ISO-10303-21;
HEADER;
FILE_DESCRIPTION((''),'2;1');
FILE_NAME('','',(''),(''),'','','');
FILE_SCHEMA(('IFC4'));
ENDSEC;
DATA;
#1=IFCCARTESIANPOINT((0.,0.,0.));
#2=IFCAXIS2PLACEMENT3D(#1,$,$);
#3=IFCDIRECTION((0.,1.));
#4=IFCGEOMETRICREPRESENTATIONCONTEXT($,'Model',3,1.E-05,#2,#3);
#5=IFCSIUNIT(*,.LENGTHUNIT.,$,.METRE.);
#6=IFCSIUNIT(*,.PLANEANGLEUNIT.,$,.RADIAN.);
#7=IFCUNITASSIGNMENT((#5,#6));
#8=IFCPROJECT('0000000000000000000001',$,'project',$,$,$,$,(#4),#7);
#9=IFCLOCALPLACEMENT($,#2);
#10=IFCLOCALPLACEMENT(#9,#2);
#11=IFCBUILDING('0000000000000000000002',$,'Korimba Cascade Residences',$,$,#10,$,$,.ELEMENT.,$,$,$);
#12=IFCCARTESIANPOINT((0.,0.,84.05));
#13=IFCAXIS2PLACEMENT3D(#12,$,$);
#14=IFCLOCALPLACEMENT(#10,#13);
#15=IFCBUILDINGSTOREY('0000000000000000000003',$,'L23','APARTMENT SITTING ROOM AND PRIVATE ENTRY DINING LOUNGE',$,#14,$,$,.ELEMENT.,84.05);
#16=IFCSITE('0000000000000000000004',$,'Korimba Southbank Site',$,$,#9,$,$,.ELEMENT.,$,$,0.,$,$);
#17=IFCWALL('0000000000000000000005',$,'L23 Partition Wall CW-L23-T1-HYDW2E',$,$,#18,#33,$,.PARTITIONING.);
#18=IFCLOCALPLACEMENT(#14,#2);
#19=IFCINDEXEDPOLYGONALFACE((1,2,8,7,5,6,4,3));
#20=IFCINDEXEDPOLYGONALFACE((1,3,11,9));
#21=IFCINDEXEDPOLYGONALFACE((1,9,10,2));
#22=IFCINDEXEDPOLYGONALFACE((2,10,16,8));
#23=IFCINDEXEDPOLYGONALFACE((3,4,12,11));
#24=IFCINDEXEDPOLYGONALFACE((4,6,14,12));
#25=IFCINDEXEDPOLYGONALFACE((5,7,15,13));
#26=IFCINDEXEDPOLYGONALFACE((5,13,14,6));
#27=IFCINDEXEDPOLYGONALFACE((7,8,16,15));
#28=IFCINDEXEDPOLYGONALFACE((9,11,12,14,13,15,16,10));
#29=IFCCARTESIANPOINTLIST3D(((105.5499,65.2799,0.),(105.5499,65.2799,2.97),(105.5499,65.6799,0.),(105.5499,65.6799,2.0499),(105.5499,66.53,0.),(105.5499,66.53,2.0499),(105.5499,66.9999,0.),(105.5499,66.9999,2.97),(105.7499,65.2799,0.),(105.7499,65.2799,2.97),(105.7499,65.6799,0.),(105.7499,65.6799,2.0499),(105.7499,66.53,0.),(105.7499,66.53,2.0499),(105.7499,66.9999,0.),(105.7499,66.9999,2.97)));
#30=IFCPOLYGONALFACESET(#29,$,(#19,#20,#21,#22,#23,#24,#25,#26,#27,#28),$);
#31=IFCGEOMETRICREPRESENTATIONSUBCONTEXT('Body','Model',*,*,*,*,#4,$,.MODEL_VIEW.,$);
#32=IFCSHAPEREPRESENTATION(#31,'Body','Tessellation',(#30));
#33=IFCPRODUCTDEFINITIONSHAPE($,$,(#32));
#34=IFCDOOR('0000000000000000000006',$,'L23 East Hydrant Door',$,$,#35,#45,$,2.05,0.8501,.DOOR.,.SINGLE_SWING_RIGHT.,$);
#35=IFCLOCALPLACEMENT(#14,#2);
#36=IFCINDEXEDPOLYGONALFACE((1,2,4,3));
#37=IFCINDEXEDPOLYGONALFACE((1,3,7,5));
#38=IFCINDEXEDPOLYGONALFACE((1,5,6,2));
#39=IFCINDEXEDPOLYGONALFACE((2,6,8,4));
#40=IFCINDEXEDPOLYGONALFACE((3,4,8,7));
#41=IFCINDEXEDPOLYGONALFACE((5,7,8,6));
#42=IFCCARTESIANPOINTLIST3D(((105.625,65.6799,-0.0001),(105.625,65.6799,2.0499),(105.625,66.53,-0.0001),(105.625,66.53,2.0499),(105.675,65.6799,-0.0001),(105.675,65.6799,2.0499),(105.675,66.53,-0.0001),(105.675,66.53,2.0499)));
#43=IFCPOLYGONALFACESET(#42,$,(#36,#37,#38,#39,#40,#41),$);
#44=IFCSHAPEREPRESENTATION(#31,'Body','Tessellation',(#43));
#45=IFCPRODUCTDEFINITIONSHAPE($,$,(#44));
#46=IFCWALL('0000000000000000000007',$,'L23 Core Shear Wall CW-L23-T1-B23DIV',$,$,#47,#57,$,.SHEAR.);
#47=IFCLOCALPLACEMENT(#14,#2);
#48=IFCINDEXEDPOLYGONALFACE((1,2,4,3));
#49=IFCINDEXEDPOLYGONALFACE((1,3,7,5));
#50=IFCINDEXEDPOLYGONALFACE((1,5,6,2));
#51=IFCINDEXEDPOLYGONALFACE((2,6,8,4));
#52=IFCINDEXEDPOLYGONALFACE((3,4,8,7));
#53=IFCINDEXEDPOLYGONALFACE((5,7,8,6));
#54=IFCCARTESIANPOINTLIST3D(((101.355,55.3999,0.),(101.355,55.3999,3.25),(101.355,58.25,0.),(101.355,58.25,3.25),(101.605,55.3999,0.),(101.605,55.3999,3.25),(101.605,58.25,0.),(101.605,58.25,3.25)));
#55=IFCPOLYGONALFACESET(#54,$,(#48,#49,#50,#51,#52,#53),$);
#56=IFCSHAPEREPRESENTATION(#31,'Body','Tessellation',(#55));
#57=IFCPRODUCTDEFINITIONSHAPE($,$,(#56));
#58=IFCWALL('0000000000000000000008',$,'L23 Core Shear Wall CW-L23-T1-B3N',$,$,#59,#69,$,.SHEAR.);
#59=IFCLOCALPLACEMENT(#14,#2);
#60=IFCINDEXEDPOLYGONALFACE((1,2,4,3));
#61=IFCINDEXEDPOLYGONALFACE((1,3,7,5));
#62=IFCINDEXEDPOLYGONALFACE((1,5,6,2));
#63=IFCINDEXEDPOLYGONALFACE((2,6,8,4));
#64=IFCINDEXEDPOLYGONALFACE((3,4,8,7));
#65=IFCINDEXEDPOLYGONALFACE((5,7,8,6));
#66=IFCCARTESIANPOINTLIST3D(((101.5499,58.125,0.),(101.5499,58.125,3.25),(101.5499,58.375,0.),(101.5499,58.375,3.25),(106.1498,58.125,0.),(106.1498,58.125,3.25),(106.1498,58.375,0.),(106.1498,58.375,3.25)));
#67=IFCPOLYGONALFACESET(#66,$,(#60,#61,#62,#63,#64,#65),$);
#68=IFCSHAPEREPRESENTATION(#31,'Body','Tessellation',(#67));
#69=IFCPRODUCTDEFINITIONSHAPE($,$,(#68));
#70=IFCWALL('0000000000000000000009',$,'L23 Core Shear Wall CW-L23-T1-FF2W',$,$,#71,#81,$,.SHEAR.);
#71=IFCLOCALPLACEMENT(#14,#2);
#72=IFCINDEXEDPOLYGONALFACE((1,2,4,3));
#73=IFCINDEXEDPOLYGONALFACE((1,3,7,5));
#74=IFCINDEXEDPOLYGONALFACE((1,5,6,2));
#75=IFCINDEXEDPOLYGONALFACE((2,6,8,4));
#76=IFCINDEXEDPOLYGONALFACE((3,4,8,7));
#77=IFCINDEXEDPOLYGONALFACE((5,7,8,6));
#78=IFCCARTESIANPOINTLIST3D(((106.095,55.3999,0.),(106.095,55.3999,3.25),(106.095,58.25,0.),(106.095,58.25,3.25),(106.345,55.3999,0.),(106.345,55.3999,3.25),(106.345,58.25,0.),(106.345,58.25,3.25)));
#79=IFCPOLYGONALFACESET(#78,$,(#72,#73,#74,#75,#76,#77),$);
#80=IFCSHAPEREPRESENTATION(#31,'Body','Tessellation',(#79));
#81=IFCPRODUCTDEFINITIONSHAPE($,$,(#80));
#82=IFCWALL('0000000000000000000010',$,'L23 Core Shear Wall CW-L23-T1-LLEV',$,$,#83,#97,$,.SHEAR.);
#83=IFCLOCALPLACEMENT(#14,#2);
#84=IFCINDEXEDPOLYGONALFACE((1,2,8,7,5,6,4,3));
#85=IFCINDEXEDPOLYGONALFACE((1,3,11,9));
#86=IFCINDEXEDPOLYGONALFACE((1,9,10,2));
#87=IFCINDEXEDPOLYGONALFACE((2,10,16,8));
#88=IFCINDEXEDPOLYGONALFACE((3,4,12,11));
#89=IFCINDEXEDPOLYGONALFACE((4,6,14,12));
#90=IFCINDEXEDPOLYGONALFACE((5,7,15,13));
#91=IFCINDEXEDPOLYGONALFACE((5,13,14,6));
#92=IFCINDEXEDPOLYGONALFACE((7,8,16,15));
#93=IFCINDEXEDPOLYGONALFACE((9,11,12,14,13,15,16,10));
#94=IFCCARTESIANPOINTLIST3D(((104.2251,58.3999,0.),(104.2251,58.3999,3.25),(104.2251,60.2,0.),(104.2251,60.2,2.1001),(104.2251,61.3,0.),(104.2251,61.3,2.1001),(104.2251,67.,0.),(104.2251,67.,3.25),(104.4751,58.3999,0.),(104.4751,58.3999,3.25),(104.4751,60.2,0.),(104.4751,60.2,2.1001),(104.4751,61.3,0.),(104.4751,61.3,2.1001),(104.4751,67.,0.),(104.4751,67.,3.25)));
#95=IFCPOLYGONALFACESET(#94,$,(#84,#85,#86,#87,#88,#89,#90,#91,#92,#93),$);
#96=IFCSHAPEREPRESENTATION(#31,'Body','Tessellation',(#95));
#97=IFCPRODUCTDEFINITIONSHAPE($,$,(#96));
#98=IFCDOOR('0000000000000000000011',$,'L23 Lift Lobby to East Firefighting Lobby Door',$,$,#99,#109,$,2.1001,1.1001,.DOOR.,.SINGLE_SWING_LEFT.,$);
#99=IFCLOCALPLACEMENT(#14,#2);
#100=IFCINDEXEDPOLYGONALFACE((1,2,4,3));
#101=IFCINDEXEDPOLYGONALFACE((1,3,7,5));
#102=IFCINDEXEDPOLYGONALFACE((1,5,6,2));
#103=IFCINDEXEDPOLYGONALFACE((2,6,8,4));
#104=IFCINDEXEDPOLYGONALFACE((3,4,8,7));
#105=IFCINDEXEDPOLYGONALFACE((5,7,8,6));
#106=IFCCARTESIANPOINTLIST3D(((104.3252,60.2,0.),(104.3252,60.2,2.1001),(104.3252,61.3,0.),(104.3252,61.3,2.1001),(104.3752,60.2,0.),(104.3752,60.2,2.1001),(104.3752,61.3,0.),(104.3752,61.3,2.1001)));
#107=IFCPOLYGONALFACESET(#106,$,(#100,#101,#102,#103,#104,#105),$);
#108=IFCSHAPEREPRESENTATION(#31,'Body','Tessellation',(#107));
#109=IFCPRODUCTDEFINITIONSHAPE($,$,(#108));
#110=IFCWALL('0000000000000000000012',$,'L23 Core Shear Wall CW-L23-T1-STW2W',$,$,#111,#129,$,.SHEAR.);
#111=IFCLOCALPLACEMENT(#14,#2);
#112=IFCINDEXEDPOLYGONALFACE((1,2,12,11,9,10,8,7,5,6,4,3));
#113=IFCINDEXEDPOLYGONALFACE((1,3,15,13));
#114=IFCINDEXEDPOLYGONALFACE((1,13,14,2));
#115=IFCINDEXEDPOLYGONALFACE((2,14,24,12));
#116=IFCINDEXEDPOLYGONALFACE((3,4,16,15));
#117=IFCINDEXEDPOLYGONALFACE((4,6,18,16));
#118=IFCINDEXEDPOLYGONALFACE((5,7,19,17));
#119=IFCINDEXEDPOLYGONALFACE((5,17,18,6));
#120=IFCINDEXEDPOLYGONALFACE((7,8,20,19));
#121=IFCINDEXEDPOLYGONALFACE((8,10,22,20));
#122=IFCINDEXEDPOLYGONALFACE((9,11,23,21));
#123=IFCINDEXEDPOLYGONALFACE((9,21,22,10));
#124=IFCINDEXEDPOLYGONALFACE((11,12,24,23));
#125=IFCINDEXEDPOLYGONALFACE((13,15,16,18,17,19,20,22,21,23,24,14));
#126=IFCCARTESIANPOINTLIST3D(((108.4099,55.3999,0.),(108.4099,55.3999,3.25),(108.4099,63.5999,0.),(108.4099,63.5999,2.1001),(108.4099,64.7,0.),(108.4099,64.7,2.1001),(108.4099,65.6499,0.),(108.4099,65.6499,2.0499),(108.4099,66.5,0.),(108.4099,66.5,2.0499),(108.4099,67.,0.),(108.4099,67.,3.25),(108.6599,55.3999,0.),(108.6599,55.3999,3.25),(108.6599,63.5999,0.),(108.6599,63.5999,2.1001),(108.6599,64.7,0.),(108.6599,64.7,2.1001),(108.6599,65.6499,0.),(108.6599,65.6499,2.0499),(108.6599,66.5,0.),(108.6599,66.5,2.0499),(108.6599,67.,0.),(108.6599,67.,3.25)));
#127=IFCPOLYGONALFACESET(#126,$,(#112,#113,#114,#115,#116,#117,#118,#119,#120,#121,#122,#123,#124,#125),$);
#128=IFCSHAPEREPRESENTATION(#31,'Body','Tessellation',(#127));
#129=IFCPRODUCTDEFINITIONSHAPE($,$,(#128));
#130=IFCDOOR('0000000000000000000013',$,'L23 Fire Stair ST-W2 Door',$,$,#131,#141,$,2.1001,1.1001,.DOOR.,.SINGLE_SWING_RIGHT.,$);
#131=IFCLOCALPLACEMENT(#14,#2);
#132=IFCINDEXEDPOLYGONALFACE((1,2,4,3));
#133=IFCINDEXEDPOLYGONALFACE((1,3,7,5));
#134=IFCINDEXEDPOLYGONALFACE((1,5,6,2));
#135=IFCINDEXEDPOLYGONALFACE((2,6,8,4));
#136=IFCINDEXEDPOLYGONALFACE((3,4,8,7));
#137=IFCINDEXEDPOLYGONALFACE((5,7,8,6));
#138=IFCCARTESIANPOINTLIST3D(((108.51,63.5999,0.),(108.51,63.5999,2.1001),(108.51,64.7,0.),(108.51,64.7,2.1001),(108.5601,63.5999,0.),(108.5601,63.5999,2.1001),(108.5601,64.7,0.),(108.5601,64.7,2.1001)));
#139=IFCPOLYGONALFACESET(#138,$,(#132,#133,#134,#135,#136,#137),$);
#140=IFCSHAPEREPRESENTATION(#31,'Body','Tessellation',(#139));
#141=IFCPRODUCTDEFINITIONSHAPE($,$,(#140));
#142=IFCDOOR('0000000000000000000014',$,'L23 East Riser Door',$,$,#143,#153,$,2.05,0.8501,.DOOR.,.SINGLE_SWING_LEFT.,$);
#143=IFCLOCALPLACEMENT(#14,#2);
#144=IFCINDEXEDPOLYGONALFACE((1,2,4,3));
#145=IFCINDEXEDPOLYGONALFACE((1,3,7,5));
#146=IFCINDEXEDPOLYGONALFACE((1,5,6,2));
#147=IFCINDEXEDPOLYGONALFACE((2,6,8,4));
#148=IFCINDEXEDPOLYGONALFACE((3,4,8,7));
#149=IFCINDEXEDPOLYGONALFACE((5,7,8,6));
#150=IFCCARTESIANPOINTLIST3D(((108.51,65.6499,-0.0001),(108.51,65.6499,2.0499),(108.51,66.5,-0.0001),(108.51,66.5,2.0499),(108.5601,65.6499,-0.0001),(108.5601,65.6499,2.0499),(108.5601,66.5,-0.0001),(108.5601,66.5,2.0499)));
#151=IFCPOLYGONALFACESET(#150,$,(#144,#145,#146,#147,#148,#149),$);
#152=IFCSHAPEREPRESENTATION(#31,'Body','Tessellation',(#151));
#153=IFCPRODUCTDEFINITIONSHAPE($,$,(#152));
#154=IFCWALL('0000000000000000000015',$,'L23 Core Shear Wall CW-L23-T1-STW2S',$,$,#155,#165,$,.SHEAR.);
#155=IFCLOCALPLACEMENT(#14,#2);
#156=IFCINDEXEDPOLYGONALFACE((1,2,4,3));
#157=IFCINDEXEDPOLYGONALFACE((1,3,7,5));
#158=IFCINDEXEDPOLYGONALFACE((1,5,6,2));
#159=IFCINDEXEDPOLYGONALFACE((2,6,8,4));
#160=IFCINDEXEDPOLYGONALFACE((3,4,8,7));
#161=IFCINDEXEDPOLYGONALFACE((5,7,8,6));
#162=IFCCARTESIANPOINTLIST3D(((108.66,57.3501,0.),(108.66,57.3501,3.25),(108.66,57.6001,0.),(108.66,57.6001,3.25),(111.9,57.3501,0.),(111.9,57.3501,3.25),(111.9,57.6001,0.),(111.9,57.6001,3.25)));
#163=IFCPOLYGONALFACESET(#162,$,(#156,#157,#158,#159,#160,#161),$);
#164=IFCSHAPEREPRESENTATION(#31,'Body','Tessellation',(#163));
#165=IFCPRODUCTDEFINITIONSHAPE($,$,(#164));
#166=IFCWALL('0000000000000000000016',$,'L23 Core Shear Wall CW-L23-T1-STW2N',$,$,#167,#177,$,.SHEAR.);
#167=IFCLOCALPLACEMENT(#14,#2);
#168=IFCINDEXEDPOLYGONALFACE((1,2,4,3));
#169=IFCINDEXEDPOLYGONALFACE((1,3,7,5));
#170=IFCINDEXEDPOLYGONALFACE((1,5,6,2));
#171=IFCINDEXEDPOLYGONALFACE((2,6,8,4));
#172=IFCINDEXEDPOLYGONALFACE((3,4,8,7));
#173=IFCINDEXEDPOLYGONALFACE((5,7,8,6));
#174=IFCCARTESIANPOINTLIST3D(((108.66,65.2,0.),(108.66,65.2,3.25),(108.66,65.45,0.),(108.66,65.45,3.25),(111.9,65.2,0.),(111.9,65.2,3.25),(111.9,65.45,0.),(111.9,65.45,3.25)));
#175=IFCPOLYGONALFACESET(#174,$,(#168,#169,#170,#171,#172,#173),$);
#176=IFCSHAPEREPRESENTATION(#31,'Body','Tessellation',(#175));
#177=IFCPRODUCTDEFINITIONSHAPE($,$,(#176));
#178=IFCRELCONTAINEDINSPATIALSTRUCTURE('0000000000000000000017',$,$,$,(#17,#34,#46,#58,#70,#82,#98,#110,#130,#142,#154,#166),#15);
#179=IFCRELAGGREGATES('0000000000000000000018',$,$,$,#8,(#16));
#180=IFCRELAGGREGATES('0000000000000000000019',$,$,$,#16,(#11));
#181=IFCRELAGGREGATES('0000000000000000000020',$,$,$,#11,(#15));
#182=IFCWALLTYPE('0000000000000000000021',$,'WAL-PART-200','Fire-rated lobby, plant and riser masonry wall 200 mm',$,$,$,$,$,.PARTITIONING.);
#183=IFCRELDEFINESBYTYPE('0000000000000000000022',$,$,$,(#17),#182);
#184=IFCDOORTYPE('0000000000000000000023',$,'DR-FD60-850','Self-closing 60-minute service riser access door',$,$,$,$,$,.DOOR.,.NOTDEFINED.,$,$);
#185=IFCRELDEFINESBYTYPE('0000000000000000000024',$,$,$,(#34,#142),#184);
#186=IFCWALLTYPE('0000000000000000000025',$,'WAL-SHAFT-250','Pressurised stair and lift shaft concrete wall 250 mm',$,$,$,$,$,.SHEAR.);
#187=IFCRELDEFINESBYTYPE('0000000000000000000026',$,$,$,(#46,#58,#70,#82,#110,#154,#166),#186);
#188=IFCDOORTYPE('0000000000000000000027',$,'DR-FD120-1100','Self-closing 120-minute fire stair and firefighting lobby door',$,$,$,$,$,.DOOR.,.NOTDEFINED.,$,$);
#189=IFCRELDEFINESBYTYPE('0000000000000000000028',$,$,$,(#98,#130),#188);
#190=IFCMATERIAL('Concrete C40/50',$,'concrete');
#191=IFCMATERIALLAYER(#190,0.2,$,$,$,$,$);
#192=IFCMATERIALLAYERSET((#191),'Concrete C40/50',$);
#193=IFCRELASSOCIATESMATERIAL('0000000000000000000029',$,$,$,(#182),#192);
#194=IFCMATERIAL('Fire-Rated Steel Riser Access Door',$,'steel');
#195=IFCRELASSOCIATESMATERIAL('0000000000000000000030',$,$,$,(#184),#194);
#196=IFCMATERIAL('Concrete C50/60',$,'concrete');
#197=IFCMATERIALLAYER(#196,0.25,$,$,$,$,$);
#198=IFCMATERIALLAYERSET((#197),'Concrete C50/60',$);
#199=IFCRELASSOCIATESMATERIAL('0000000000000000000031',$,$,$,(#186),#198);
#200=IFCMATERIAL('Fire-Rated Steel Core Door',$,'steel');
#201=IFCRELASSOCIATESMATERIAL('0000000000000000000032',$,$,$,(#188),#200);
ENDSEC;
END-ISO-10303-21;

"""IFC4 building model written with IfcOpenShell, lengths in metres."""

from ifc_helpers import new_model, si_unit, direction, frame, frame_2d, origin, place, context, subcontext, project, spatial, rectangle, extrude, material, layer, layer_set, type_object, element, fill, save


model = new_model("IFC4")

# Units and contexts
model_context = context("Model", 3, precision=1e-05, world=origin(), true_north=direction((0.0, 1.0)))
body_context = subcontext(model_context, "Body", "Model", "MODEL_VIEW")
ifc_project = project(units=[si_unit("LENGTHUNIT", "METRE"), si_unit("PLANEANGLEUNIT", "RADIAN")], contexts=[model_context])

# Site, building, storey
site_placement = place(None, origin())
site = spatial("IfcSite", under=ifc_project, at=site_placement, Name="Korimba Southbank Site", CompositionType="ELEMENT", RefElevation=0.0)
building_placement = place(site_placement, origin())
building = spatial("IfcBuilding", under=site, at=building_placement, Name="Korimba Cascade Residences", CompositionType="ELEMENT")
storey_placement = place(building_placement, frame((0.0, 0.0, 84.05)))
storey = spatial("IfcBuildingStorey", under=building, at=storey_placement, Name="L23", Description="APARTMENT SITTING ROOM AND PRIVATE ENTRY DINING LOUNGE", CompositionType="ELEMENT", Elevation=84.05)

# Shared definitions
ifc_material_1 = material(Name="Concrete C40/50", Category="concrete")
ifc_layer_1 = layer(ifc_material_1, 0.2)
ifc_layer_set_1 = layer_set([ifc_layer_1], Name="Concrete C40/50")
wall_type_1 = type_object("IfcWallType", Name="WAL-PART-200", Description="Fire-rated lobby, plant and riser masonry wall 200 mm", PredefinedType="PARTITIONING", material=ifc_layer_set_1)

# Wall, opening, door
wall_1_placement = place(storey_placement, frame((105.6499, 65.28, 0.0), z_axis=(0.0, 0.0, 1.0), x_axis=(0.0, 1.0, 0.0)))
wall_1 = element("IfcWall", 1, at=wall_1_placement, inside=storey, type_object=wall_type_1, Name="L23 Partition Wall CW-L23-T1-HYDW2E", PredefinedType="PARTITIONING", context=body_context, shape_type="SweptSolid", body=[
    extrude(rectangle(XDim=1.72, YDim=0.2, at=frame_2d((0.8599, 0.0))), origin(), (0.0, 0.0, 1.0), 2.97),
])
opening_1_placement = place(wall_1_placement, frame((0.3999, 0.0, 0.0)))
opening_1 = element("IfcOpeningElement", 2, at=opening_1_placement, cuts=wall_1, PredefinedType="OPENING", context=body_context, shape_type="SweptSolid", body=[
    extrude(rectangle(XDim=0.8501, YDim=2.05, at=frame_2d((0.425, 1.0249))), frame((0.0, 0.1099, 0.0), z_axis=(0.0, -1.0, 0.0), x_axis=(1.0, 0.0, 0.0)), (0.0, 0.0, 1.0), 0.22),
])
ifc_material_2 = material(Name="Fire-Rated Steel Riser Access Door", Category="steel")
door_type_1 = type_object("IfcDoorType", Name="DR-FD60-850", Description="Self-closing 60-minute service riser access door", OperationType="NOTDEFINED", PredefinedType="DOOR", material=ifc_material_2)
door_1_placement = place(opening_1_placement, origin())
door_1 = element("IfcDoor", 3, at=door_1_placement, inside=storey, type_object=door_type_1, Name="L23 East Hydrant Door", OperationType="SINGLE_SWING_RIGHT", OverallHeight=2.05, OverallWidth=0.8501, PredefinedType="DOOR", context=body_context, shape_type="SweptSolid", body=[
    extrude(rectangle(XDim=0.8501, YDim=2.05, at=frame_2d((0.425, 1.0249))), frame((0.0, 0.0249, 0.0), z_axis=(0.0, -1.0, 0.0), x_axis=(1.0, 0.0, 0.0)), (0.0, 0.0, 1.0), 0.05),
])
fill(opening_1, door_1)

# Walls
ifc_material_3 = material(Name="Concrete C50/60", Category="concrete")
ifc_layer_2 = layer(ifc_material_3, 0.25)
ifc_layer_set_2 = layer_set([ifc_layer_2], Name="Concrete C50/60")
wall_type_2 = type_object("IfcWallType", Name="WAL-SHAFT-250", Description="Pressurised stair and lift shaft concrete wall 250 mm", PredefinedType="SHEAR", material=ifc_layer_set_2)
wall_2_placement = place(storey_placement, frame((101.48, 55.3999, 0.0), z_axis=(0.0, 0.0, 1.0), x_axis=(0.0, 1.0, 0.0)))
element("IfcWall", 4, at=wall_2_placement, inside=storey, type_object=wall_type_2, Name="L23 Core Shear Wall CW-L23-T1-B23DIV", PredefinedType="SHEAR", context=body_context, shape_type="SweptSolid", body=[
    extrude(rectangle(XDim=2.8501, YDim=0.25, at=frame_2d((1.425, 0.0))), origin(), (0.0, 0.0, 1.0), 3.25),
])
wall_3_placement = place(storey_placement, frame((101.55, 58.25, 0.0), z_axis=(0.0, 0.0, 1.0), x_axis=(1.0, 0.0, 0.0)))
element("IfcWall", 5, at=wall_3_placement, inside=storey, type_object=wall_type_2, Name="L23 Core Shear Wall CW-L23-T1-B3N", PredefinedType="SHEAR", context=body_context, shape_type="SweptSolid", body=[
    extrude(rectangle(XDim=4.5999, YDim=0.25, at=frame_2d((2.2998, 0.0))), origin(), (0.0, 0.0, 1.0), 3.25),
])
wall_4_placement = place(storey_placement, frame((106.22, 55.3999, 0.0), z_axis=(0.0, 0.0, 1.0), x_axis=(0.0, 1.0, 0.0)))
element("IfcWall", 6, at=wall_4_placement, inside=storey, type_object=wall_type_2, Name="L23 Core Shear Wall CW-L23-T1-FF2W", PredefinedType="SHEAR", context=body_context, shape_type="SweptSolid", body=[
    extrude(rectangle(XDim=2.8501, YDim=0.25, at=frame_2d((1.425, 0.0))), origin(), (0.0, 0.0, 1.0), 3.25),
])

# Wall, opening, door
wall_5_placement = place(storey_placement, frame((104.3501, 58.3999, 0.0), z_axis=(0.0, 0.0, 1.0), x_axis=(0.0, 1.0, 0.0)))
wall_5 = element("IfcWall", 7, at=wall_5_placement, inside=storey, type_object=wall_type_2, Name="L23 Core Shear Wall CW-L23-T1-LLEV", PredefinedType="SHEAR", context=body_context, shape_type="SweptSolid", body=[
    extrude(rectangle(XDim=8.6001, YDim=0.25, at=frame_2d((4.3, 0.0))), origin(), (0.0, 0.0, 1.0), 3.25),
])
opening_2_placement = place(wall_5_placement, frame((1.8, 0.0, 0.0)))
opening_2 = element("IfcOpeningElement", 8, at=opening_2_placement, cuts=wall_5, PredefinedType="OPENING", context=body_context, shape_type="SweptSolid", body=[
    extrude(rectangle(XDim=1.1001, YDim=2.1001, at=frame_2d((0.55, 1.05))), frame((0.0, 0.135, 0.0), z_axis=(0.0, -1.0, 0.0), x_axis=(1.0, 0.0, 0.0)), (0.0, 0.0, 1.0), 0.27),
])
ifc_material_4 = material(Name="Fire-Rated Steel Core Door", Category="steel")
door_type_2 = type_object("IfcDoorType", Name="DR-FD120-1100", Description="Self-closing 120-minute fire stair and firefighting lobby door", OperationType="NOTDEFINED", PredefinedType="DOOR", material=ifc_material_4)
door_2_placement = place(opening_2_placement, origin())
door_2 = element("IfcDoor", 9, at=door_2_placement, inside=storey, type_object=door_type_2, Name="L23 Lift Lobby to East Firefighting Lobby Door", OperationType="SINGLE_SWING_LEFT", OverallHeight=2.1001, OverallWidth=1.1001, PredefinedType="DOOR", context=body_context, shape_type="SweptSolid", body=[
    extrude(rectangle(XDim=1.1001, YDim=2.1001, at=frame_2d((0.55, 1.05))), frame((0.0, 0.0249, 0.0), z_axis=(0.0, -1.0, 0.0), x_axis=(1.0, 0.0, 0.0)), (0.0, 0.0, 1.0), 0.05),
])
fill(opening_2, door_2)

# Wall, openings, doors
wall_6_placement = place(storey_placement, frame((108.5349, 55.3999, 0.0), z_axis=(0.0, 0.0, 1.0), x_axis=(0.0, 1.0, 0.0)))
wall_6 = element("IfcWall", 10, at=wall_6_placement, inside=storey, type_object=wall_type_2, Name="L23 Core Shear Wall CW-L23-T1-STW2W", PredefinedType="SHEAR", context=body_context, shape_type="SweptSolid", body=[
    extrude(rectangle(XDim=11.6001, YDim=0.25, at=frame_2d((5.8, 0.0))), origin(), (0.0, 0.0, 1.0), 3.25),
])
opening_3_placement = place(wall_6_placement, frame((8.2, 0.0, 0.0)))
opening_3 = element("IfcOpeningElement", 11, at=opening_3_placement, cuts=wall_6, PredefinedType="OPENING", context=body_context, shape_type="SweptSolid", body=[
    extrude(rectangle(XDim=1.1001, YDim=2.1001, at=frame_2d((0.55, 1.05))), frame((0.0, 0.135, 0.0), z_axis=(0.0, -1.0, 0.0), x_axis=(1.0, 0.0, 0.0)), (0.0, 0.0, 1.0), 0.27),
])
opening_4_placement = place(wall_6_placement, frame((10.25, 0.0, 0.0)))
opening_4 = element("IfcOpeningElement", 12, at=opening_4_placement, cuts=wall_6, PredefinedType="OPENING", context=body_context, shape_type="SweptSolid", body=[
    extrude(rectangle(XDim=0.8501, YDim=2.05, at=frame_2d((0.425, 1.0249))), frame((0.0, 0.135, 0.0), z_axis=(0.0, -1.0, 0.0), x_axis=(1.0, 0.0, 0.0)), (0.0, 0.0, 1.0), 0.27),
])
door_3_placement = place(opening_3_placement, origin())
door_3 = element("IfcDoor", 13, at=door_3_placement, inside=storey, type_object=door_type_2, Name="L23 Fire Stair ST-W2 Door", OperationType="SINGLE_SWING_RIGHT", OverallHeight=2.1001, OverallWidth=1.1001, PredefinedType="DOOR", context=body_context, shape_type="SweptSolid", body=[
    extrude(rectangle(XDim=1.1001, YDim=2.1001, at=frame_2d((0.55, 1.05))), frame((0.0, 0.0249, 0.0), z_axis=(0.0, -1.0, 0.0), x_axis=(1.0, 0.0, 0.0)), (0.0, 0.0, 1.0), 0.05),
])
fill(opening_3, door_3)
door_4_placement = place(opening_4_placement, origin())
door_4 = element("IfcDoor", 14, at=door_4_placement, inside=storey, type_object=door_type_1, Name="L23 East Riser Door", OperationType="SINGLE_SWING_LEFT", OverallHeight=2.05, OverallWidth=0.8501, PredefinedType="DOOR", context=body_context, shape_type="SweptSolid", body=[
    extrude(rectangle(XDim=0.8501, YDim=2.05, at=frame_2d((0.425, 1.0249))), frame((0.0, 0.0249, 0.0), z_axis=(0.0, -1.0, 0.0), x_axis=(1.0, 0.0, 0.0)), (0.0, 0.0, 1.0), 0.05),
])
fill(opening_4, door_4)

# Walls
for number, where, z_axis, x_axis, name in (
    (15, (108.6599, 57.4751, 0.0), (0.0, 0.0, 1.0), (1.0, 0.0, 0.0), "L23 Core Shear Wall CW-L23-T1-STW2S"),
    (16, (108.6599, 65.325, 0.0), (0.0, 0.0, 1.0), (1.0, 0.0, 0.0), "L23 Core Shear Wall CW-L23-T1-STW2N"),
):
    element("IfcWall", number, at=place(storey_placement, frame(where, z_axis=z_axis, x_axis=x_axis)), inside=storey, type_object=wall_type_2, Name=name, PredefinedType="SHEAR", context=body_context, shape_type="SweptSolid", body=[
        extrude(rectangle(XDim=3.24, YDim=0.25, at=frame_2d((1.6201, 0.0))), origin(), (0.0, 0.0, 1.0), 3.25),
    ])

save(model, "model.ifc")
